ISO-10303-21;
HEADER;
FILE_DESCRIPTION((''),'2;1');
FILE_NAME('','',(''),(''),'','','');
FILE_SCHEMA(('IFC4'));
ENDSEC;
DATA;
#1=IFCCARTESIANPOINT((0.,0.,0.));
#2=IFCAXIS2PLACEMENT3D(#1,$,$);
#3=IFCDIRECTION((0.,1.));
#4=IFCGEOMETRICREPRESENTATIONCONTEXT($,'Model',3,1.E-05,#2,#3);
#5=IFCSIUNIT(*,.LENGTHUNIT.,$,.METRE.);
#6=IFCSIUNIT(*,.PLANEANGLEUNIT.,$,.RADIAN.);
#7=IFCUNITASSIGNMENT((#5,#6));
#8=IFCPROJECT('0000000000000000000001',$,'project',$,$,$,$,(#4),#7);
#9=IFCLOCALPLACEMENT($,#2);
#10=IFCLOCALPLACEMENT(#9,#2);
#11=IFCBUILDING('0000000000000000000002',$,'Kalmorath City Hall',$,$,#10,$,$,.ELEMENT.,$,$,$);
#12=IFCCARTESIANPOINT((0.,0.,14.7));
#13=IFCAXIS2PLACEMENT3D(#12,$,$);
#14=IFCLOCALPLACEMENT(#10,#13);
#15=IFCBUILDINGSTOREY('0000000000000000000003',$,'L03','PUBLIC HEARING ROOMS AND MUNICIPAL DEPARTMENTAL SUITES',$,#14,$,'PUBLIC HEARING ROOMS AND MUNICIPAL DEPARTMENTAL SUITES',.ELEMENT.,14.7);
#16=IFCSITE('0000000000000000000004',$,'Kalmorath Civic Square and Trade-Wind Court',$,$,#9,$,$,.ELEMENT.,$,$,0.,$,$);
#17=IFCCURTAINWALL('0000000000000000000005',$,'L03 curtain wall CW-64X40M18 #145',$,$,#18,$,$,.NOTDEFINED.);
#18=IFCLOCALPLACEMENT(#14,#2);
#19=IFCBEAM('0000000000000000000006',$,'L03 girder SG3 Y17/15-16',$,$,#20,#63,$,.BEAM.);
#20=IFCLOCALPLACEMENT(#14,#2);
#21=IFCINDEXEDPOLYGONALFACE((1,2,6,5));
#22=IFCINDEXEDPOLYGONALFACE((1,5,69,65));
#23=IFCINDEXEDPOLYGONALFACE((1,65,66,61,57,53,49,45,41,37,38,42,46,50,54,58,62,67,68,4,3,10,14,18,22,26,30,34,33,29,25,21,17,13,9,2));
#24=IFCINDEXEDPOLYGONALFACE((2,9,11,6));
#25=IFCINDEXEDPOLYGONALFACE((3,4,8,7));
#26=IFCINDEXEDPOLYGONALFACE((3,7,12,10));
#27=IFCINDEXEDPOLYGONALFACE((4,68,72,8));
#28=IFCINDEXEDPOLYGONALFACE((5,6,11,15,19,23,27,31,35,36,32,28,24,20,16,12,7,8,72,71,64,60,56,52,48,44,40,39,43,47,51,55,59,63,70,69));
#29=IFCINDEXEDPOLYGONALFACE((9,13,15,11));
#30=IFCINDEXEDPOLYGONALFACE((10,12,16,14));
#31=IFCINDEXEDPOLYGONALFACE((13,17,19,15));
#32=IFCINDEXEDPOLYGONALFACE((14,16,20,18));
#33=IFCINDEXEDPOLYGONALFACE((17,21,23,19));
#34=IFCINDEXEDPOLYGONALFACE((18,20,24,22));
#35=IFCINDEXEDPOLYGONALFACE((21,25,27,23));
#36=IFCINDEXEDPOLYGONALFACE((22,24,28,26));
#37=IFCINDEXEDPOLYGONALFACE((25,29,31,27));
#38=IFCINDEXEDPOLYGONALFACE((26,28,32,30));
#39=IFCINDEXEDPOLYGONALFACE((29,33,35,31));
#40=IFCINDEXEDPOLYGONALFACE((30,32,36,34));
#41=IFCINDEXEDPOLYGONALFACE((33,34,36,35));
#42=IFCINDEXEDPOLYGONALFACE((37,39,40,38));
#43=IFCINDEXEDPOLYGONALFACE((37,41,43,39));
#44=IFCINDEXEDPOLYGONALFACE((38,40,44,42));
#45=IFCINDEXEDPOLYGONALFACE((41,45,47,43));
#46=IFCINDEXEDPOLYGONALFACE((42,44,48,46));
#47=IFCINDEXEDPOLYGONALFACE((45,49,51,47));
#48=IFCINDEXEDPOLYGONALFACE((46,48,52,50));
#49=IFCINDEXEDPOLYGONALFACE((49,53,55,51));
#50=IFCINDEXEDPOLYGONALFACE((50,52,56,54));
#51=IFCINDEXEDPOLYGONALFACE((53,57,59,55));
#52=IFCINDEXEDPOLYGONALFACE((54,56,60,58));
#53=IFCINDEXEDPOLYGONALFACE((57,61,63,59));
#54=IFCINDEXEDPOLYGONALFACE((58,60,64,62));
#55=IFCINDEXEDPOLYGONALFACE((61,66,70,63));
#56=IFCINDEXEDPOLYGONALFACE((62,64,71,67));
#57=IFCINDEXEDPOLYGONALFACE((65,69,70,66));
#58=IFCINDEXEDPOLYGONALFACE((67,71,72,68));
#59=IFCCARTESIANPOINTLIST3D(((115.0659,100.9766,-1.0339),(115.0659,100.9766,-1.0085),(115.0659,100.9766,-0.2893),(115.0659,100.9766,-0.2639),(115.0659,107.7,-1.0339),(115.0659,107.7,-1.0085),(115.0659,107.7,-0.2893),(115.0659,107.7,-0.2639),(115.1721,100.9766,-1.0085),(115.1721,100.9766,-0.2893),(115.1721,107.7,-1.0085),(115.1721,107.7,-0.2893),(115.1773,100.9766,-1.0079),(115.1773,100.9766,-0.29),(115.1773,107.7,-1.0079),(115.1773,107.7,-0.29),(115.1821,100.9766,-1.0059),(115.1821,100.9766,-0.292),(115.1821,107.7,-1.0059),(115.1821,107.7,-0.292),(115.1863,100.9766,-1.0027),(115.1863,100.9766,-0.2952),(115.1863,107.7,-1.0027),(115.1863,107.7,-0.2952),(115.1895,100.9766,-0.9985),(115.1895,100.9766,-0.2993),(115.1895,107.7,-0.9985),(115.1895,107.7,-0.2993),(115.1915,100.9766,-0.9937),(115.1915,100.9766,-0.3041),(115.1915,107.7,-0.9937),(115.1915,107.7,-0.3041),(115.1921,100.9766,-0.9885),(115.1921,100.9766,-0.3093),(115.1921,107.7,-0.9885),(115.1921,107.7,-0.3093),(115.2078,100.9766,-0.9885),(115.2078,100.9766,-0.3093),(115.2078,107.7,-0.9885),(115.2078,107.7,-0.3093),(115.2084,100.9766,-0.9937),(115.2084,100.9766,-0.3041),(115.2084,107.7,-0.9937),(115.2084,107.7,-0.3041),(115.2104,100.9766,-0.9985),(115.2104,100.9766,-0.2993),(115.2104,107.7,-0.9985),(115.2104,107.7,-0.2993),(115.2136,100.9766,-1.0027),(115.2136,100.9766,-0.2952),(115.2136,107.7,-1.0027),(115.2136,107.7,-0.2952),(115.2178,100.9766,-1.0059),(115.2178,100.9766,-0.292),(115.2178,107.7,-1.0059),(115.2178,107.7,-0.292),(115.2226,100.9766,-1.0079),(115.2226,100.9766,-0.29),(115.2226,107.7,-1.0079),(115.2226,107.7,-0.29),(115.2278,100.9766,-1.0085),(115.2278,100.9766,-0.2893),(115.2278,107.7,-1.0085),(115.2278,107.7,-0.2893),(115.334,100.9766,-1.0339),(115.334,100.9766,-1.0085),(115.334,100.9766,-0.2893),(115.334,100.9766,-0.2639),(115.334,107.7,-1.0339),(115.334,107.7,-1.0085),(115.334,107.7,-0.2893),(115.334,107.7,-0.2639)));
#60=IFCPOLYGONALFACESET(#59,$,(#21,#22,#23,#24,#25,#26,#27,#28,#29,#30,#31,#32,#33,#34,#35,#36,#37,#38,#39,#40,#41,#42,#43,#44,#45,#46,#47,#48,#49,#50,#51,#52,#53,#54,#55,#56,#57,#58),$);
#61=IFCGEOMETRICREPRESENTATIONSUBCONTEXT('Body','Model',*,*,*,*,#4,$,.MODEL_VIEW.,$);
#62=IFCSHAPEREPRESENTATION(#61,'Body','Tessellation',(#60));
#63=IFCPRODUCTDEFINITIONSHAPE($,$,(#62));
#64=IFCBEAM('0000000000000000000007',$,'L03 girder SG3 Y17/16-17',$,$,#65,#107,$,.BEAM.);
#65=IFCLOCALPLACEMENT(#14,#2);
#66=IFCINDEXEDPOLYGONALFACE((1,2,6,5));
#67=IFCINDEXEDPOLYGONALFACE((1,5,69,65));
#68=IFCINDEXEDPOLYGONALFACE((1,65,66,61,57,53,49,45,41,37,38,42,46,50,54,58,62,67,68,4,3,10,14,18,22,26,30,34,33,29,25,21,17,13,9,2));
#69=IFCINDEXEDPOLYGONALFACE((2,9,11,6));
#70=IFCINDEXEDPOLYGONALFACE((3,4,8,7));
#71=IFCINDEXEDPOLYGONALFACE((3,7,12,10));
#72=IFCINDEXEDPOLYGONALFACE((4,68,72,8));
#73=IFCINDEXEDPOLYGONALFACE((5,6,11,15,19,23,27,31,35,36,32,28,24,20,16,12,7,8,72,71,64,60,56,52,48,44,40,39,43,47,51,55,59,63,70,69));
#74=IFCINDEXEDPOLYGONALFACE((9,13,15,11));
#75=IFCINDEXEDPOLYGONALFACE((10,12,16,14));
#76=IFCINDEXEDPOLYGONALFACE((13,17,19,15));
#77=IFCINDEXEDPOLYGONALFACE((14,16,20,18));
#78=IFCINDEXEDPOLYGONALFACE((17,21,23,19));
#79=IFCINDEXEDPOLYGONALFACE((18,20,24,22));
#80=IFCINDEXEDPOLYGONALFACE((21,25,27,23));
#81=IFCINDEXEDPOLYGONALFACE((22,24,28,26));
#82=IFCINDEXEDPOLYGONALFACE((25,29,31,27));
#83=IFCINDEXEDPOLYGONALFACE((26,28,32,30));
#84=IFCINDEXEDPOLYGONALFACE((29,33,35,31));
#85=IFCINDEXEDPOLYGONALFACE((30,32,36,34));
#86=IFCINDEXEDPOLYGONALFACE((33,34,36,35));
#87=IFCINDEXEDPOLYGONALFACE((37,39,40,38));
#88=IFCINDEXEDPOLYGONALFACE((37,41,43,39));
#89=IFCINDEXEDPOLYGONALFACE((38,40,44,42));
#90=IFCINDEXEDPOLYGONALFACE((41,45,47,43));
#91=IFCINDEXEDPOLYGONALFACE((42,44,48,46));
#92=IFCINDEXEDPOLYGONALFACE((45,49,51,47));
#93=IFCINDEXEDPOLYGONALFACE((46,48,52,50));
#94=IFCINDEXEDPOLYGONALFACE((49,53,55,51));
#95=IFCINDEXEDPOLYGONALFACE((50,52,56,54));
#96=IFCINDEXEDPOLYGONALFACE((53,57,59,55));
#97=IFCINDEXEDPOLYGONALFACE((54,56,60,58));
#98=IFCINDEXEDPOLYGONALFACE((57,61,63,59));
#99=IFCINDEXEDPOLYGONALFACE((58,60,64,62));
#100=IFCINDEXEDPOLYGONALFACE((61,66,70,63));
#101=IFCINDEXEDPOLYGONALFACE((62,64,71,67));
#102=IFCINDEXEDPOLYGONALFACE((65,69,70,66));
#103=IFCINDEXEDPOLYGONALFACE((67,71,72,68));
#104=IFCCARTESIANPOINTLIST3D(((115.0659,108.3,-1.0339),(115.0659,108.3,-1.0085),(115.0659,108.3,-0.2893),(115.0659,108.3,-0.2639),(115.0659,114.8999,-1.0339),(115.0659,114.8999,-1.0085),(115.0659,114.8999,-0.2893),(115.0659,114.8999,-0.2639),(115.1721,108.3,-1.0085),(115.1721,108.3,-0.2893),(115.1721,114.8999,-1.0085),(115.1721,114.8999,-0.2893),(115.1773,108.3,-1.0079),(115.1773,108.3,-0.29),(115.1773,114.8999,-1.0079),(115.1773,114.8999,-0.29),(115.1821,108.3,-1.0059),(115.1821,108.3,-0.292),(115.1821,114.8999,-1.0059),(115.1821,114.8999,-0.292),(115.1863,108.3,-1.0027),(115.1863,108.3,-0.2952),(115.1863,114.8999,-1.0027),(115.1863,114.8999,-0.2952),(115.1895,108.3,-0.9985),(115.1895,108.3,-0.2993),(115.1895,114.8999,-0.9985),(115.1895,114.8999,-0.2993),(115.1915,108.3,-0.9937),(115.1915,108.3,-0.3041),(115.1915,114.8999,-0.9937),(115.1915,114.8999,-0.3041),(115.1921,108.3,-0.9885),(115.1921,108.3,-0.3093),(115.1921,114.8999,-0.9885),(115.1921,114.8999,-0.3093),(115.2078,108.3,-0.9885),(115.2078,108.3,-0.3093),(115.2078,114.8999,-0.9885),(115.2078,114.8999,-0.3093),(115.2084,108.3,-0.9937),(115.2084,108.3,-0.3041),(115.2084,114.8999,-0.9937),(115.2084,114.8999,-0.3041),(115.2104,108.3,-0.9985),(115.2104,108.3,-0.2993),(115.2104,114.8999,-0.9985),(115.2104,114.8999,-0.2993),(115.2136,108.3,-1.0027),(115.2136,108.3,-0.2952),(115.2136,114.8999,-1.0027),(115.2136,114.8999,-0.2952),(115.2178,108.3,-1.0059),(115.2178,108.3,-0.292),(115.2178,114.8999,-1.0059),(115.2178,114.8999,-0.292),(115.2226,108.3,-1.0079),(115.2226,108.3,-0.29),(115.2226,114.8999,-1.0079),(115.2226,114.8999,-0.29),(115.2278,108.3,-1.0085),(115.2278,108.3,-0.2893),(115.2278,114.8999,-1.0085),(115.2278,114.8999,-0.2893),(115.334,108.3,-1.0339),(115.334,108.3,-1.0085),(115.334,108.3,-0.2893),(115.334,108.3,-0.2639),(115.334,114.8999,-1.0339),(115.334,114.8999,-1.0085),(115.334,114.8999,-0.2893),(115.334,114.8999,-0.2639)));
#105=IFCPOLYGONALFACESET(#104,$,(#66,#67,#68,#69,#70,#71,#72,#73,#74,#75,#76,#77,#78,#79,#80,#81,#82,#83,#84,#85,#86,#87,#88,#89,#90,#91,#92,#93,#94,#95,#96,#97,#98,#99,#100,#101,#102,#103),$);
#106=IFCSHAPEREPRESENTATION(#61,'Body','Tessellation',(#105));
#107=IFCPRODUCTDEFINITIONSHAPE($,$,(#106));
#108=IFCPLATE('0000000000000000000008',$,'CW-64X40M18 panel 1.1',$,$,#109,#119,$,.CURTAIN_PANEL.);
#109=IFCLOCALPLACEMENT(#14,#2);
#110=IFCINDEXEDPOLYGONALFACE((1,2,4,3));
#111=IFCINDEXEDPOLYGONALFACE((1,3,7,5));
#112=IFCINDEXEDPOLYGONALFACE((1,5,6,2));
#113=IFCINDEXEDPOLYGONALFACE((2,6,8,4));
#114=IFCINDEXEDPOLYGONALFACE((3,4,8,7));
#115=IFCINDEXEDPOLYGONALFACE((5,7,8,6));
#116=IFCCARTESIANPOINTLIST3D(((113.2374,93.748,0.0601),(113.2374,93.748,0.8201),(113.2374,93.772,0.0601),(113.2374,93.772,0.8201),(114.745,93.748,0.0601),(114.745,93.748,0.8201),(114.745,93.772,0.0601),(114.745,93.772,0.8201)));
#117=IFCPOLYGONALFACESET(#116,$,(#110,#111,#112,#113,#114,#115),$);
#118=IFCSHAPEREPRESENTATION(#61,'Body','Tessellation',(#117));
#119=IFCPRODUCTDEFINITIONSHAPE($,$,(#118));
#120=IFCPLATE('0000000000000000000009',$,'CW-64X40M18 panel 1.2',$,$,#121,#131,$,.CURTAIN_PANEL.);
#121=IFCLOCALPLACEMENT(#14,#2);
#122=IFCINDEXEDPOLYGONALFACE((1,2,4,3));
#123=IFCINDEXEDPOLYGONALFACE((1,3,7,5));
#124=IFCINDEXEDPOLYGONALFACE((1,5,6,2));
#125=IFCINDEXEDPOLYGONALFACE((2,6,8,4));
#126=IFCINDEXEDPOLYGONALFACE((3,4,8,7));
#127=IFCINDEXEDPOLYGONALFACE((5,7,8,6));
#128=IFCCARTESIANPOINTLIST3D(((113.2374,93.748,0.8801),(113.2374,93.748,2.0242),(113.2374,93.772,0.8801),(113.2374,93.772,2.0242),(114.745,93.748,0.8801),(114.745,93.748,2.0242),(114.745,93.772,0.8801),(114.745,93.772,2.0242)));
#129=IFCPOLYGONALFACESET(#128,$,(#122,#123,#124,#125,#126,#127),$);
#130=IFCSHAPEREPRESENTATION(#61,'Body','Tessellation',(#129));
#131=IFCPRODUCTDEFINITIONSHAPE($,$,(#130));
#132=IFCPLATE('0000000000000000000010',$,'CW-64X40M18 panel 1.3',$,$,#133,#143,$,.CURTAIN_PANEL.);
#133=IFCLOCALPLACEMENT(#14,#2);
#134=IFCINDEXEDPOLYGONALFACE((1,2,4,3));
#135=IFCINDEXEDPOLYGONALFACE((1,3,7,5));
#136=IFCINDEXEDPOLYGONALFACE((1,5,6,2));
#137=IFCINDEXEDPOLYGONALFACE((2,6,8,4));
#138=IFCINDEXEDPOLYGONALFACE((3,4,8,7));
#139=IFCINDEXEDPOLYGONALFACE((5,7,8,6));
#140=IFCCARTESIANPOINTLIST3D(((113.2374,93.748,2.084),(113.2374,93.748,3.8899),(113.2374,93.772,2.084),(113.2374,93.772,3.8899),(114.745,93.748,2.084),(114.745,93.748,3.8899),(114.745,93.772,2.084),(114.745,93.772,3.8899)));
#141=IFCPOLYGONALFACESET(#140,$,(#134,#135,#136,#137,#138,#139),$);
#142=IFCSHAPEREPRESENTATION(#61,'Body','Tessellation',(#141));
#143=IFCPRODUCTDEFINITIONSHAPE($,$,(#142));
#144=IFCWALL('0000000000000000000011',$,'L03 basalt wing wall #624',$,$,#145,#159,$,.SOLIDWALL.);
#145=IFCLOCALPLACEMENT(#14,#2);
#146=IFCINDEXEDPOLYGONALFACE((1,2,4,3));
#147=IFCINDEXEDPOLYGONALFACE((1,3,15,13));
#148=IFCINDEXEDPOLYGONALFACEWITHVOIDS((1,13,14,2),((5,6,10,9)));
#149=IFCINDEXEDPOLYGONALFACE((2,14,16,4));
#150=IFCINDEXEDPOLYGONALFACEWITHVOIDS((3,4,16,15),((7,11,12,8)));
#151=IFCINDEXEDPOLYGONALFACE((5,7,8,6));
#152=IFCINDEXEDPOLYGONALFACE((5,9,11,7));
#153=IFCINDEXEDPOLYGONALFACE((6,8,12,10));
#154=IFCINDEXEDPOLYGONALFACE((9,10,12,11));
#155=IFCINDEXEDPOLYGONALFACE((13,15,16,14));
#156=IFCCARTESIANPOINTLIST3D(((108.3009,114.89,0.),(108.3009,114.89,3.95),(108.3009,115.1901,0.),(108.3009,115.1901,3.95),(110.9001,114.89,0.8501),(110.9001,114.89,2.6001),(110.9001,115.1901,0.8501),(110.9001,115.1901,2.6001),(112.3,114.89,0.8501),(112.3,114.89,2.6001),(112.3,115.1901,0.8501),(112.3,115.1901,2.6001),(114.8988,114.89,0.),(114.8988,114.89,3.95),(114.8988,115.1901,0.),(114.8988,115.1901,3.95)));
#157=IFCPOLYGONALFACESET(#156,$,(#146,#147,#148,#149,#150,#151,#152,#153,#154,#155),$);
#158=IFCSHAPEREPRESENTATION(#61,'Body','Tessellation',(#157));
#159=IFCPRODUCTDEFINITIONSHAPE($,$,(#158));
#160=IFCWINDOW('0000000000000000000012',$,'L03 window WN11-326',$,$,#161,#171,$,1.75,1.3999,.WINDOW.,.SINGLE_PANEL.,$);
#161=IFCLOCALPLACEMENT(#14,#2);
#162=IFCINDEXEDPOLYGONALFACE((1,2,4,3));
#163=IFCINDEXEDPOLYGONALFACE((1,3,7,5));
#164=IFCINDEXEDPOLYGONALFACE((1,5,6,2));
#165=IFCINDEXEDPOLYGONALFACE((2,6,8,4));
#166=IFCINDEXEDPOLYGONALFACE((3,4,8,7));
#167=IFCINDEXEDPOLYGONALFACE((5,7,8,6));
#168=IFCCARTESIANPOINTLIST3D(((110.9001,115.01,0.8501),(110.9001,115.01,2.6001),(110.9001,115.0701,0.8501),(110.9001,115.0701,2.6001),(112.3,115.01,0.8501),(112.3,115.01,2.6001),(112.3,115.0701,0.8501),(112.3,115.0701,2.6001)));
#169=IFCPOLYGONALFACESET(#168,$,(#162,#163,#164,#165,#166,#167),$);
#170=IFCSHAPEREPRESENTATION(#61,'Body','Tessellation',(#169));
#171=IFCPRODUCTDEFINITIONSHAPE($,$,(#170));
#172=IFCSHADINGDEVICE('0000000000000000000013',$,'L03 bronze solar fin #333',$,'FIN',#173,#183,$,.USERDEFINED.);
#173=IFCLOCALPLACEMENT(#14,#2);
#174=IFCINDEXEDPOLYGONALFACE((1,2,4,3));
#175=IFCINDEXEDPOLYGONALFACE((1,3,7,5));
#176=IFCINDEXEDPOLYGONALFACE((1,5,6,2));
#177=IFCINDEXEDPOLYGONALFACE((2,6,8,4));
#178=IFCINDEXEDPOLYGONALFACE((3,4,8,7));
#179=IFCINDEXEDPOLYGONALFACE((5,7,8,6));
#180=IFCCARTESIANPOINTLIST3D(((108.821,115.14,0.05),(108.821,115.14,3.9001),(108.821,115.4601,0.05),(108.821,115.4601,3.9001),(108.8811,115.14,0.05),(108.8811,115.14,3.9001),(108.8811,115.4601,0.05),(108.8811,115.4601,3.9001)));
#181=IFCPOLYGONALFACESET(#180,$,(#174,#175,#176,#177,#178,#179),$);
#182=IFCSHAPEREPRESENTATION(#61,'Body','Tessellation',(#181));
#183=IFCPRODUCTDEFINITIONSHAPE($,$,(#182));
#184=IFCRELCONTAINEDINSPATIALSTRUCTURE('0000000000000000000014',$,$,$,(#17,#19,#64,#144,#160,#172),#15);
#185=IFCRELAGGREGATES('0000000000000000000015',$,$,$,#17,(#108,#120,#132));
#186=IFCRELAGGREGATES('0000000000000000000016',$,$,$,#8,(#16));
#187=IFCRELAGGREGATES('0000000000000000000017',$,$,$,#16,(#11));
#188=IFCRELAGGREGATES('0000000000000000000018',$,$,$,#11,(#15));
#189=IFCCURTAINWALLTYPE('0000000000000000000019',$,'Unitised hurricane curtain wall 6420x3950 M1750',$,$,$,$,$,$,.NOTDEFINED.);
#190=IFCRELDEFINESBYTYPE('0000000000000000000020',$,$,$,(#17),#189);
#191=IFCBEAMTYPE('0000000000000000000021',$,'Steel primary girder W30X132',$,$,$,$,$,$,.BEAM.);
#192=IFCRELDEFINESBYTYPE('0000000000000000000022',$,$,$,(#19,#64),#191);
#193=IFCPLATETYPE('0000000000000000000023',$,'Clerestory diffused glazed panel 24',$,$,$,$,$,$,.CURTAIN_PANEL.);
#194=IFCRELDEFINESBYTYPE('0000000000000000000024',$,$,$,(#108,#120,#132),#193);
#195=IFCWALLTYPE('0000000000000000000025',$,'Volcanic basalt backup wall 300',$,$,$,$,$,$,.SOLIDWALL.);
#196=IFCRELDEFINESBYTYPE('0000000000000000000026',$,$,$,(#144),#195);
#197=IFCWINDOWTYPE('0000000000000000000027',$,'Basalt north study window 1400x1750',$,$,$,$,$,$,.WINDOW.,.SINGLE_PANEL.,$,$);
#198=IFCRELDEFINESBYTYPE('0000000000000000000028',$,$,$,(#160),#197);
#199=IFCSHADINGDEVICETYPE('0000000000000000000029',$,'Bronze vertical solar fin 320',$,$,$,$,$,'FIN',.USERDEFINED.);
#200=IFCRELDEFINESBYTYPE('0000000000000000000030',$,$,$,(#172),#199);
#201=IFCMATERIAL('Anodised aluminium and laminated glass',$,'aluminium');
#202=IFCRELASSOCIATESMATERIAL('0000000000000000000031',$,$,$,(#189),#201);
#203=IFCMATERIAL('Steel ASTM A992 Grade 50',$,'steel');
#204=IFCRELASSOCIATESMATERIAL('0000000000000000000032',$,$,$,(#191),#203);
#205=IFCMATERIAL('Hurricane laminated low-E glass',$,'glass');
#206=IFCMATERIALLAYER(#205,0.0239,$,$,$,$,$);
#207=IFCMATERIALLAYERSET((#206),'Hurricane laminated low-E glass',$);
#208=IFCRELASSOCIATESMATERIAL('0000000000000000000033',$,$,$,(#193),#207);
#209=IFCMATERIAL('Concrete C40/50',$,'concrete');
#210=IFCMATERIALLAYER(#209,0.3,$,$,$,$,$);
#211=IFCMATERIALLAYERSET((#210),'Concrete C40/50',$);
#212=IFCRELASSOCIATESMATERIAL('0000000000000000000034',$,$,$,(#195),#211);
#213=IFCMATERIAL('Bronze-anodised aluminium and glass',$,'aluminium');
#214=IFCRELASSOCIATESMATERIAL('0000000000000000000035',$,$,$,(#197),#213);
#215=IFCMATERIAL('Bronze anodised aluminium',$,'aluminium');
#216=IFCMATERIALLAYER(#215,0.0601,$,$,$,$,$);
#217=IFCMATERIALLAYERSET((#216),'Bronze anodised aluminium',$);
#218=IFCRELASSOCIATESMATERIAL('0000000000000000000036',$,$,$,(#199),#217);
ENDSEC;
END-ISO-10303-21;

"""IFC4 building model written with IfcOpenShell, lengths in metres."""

from ifc_helpers import new_model, si_unit, direction, frame, frame_2d, origin, origin_2d, place, context, subcontext, project, spatial, rectangle, i_section, extrude, material, layer, layer_set, material_profile, profile_set, type_object, element, fill, aggregate, save


model = new_model("IFC4")

# Units and contexts
model_context = context("Model", 3, precision=1e-05, world=origin(), true_north=direction((0.0, 1.0)))
body_context = subcontext(model_context, "Body", "Model", "MODEL_VIEW")
ifc_project = project(units=[si_unit("LENGTHUNIT", "METRE"), si_unit("PLANEANGLEUNIT", "RADIAN")], contexts=[model_context])

# Site, building, storey
site_placement = place(None, origin())
site = spatial("IfcSite", under=ifc_project, at=site_placement, Name="Kalmorath Civic Square and Trade-Wind Court", CompositionType="ELEMENT", RefElevation=0.0)
building_placement = place(site_placement, origin())
building = spatial("IfcBuilding", under=site, at=building_placement, Name="Kalmorath City Hall", CompositionType="ELEMENT")
storey_placement = place(building_placement, frame((0.0, 0.0, 14.7)))
storey = spatial("IfcBuildingStorey", under=building, at=storey_placement, Name="L03", Description="PUBLIC HEARING ROOMS AND MUNICIPAL DEPARTMENTAL SUITES", LongName="PUBLIC HEARING ROOMS AND MUNICIPAL DEPARTMENTAL SUITES", CompositionType="ELEMENT", Elevation=14.7)

# Curtain wall
ifc_material_1 = material(Name="Anodised aluminium and laminated glass", Category="aluminium")
curtain_wall_type = type_object("IfcCurtainWallType", Name="Unitised hurricane curtain wall 6420x3950 M1750", PredefinedType="NOTDEFINED", material=ifc_material_1)
curtain_wall_placement = place(storey_placement, origin())
curtain_wall = element("IfcCurtainWall", 1, at=curtain_wall_placement, inside=storey, type_object=curtain_wall_type, Name="L03 curtain wall CW-64X40M18 #145", PredefinedType="NOTDEFINED")

# Beams
ifc_material_2 = material(Name="Steel ASTM A992 Grade 50", Category="steel")
ifc_material_profile_1 = material_profile(ifc_material_2, i_section(OverallWidth=0.2681, OverallDepth=0.77, WebThickness=0.0156, FlangeThickness=0.0254, FilletRadius=0.02, at=origin_2d()), Name="W30X132")
ifc_profile_set_1 = profile_set([ifc_material_profile_1], Name="Steel ASTM A992 Grade 50")
beam_type = type_object("IfcBeamType", Name="Steel primary girder W30X132", PredefinedType="BEAM", material=ifc_profile_set_1)
beam_1_placement = place(storey_placement, frame((115.2, 100.9766, -0.6489), z_axis=(0.0, 1.0, 0.0), x_axis=(-1.0, 0.0, 0.0)))
element("IfcBeam", 2, at=beam_1_placement, inside=storey, type_object=beam_type, Name="L03 girder SG3 Y17/15-16", PredefinedType="BEAM", context=body_context, shape_type="SweptSolid", body=[
    extrude(i_section(OverallWidth=0.2681, OverallDepth=0.77, WebThickness=0.0156, FlangeThickness=0.0254, FilletRadius=0.02, at=origin_2d()), origin(), (0.0, 0.0, 1.0), 6.7234),
])
beam_2_placement = place(storey_placement, frame((115.2, 108.3, -0.6489), z_axis=(0.0, 1.0, 0.0), x_axis=(-1.0, 0.0, 0.0)))
element("IfcBeam", 3, at=beam_2_placement, inside=storey, type_object=beam_type, Name="L03 girder SG3 Y17/16-17", PredefinedType="BEAM", context=body_context, shape_type="SweptSolid", body=[
    extrude(i_section(OverallWidth=0.2681, OverallDepth=0.77, WebThickness=0.0156, FlangeThickness=0.0254, FilletRadius=0.02, at=origin_2d()), origin(), (0.0, 0.0, 1.0), 6.5999),
])

# Plates
ifc_material_3 = material(Name="Hurricane laminated low-E glass", Category="glass")
ifc_layer_1 = layer(ifc_material_3, 0.0239)
ifc_layer_set_1 = layer_set([ifc_layer_1], Name="Hurricane laminated low-E glass")
plate_type = type_object("IfcPlateType", Name="Clerestory diffused glazed panel 24", PredefinedType="CURTAIN_PANEL", material=ifc_layer_set_1)
plate_1_placement = place(storey_placement, frame((113.9912, 93.76, 0.0601), z_axis=(0.0, 0.0, 1.0), x_axis=(-1.0, 0.0, 0.0)))
plate_1 = element("IfcPlate", 4, at=plate_1_placement, type_object=plate_type, Name="CW-64X40M18 panel 1.1", PredefinedType="CURTAIN_PANEL", context=body_context, shape_type="SweptSolid", body=[
    extrude(rectangle(XDim=1.5076, YDim=0.0239, at=origin_2d()), origin(), (0.0, 0.0, 1.0), 0.76),
])
plate_2_placement = place(storey_placement, frame((113.9912, 93.76, 0.8801), z_axis=(0.0, 0.0, 1.0), x_axis=(-1.0, 0.0, 0.0)))
plate_2 = element("IfcPlate", 5, at=plate_2_placement, type_object=plate_type, Name="CW-64X40M18 panel 1.2", PredefinedType="CURTAIN_PANEL", context=body_context, shape_type="SweptSolid", body=[
    extrude(rectangle(XDim=1.5076, YDim=0.0239, at=origin_2d()), origin(), (0.0, 0.0, 1.0), 1.144),
])
plate_3_placement = place(storey_placement, frame((113.9912, 93.76, 2.084), z_axis=(0.0, 0.0, 1.0), x_axis=(-1.0, 0.0, 0.0)))
plate_3 = element("IfcPlate", 6, at=plate_3_placement, type_object=plate_type, Name="CW-64X40M18 panel 1.3", PredefinedType="CURTAIN_PANEL", context=body_context, shape_type="SweptSolid", body=[
    extrude(rectangle(XDim=1.5076, YDim=0.0239, at=origin_2d()), origin(), (0.0, 0.0, 1.0), 1.8059),
])
aggregate(curtain_wall, [plate_1, plate_2, plate_3])

# Wall, opening, window
ifc_material_4 = material(Name="Concrete C40/50", Category="concrete")
ifc_layer_2 = layer(ifc_material_4, 0.3)
ifc_layer_set_2 = layer_set([ifc_layer_2], Name="Concrete C40/50")
wall_type_1 = type_object("IfcWallType", Name="Volcanic basalt backup wall 300", PredefinedType="SOLIDWALL", material=ifc_layer_set_2)
wall_1_placement = place(storey_placement, frame((108.301, 115.04, 0.0), z_axis=(0.0, 0.0, 1.0), x_axis=(1.0, 0.0, 0.0)))
wall_1 = element("IfcWall", 7, at=wall_1_placement, inside=storey, type_object=wall_type_1, Name="L03 basalt wing wall #624", PredefinedType="SOLIDWALL", context=body_context, shape_type="SweptSolid", body=[
    extrude(rectangle(XDim=6.5979, YDim=0.3, at=frame_2d((3.2988, 0.0))), origin(), (0.0, 0.0, 1.0), 3.95),
])
opening_1_placement = place(wall_1_placement, frame((2.5991, 0.0, 0.8501)))
opening_1 = element("IfcOpeningElement", 8, at=opening_1_placement, cuts=wall_1, PredefinedType="OPENING", context=body_context, shape_type="SweptSolid", body=[
    extrude(rectangle(XDim=1.3999, YDim=1.75, at=frame_2d((0.7, 0.875))), frame((0.0, 0.1599, 0.0), z_axis=(0.0, -1.0, 0.0), x_axis=(1.0, 0.0, 0.0)), (0.0, 0.0, 1.0), 0.3201),
])
ifc_material_5 = material(Name="Bronze-anodised aluminium and glass", Category="aluminium")
window_type_1 = type_object("IfcWindowType", Name="Basalt north study window 1400x1750", PartitioningType="SINGLE_PANEL", PredefinedType="WINDOW", material=ifc_material_5)
window_1_placement = place(opening_1_placement, origin())
window_1 = element("IfcWindow", 9, at=window_1_placement, inside=storey, type_object=window_type_1, Name="L03 window WN11-326", OverallHeight=1.75, OverallWidth=1.3999, PartitioningType="SINGLE_PANEL", PredefinedType="WINDOW", context=body_context, shape_type="SweptSolid", body=[
    extrude(rectangle(XDim=1.3999, YDim=1.75, at=frame_2d((0.7, 0.875))), frame((0.0, 0.03, 0.0), z_axis=(0.0, -1.0, 0.0), x_axis=(1.0, 0.0, 0.0)), (0.0, 0.0, 1.0), 0.0601),
])
fill(opening_1, window_1)

# Shading device
ifc_material_6 = material(Name="Bronze anodised aluminium", Category="aluminium")
ifc_layer_3 = layer(ifc_material_6, 0.0601)
ifc_layer_set_3 = layer_set([ifc_layer_3], Name="Bronze anodised aluminium")
shading_device_type = type_object("IfcShadingDeviceType", Name="Bronze vertical solar fin 320", ElementType="FIN", PredefinedType="USERDEFINED", material=ifc_layer_set_3)
shading_device_placement = place(storey_placement, frame((108.8511, 115.3, 0.05), z_axis=(0.0, 0.0, 1.0), x_axis=(1.0, 0.0, 0.0)))
element("IfcShadingDevice", 10, at=shading_device_placement, inside=storey, type_object=shading_device_type, Name="L03 bronze solar fin #333", ObjectType="FIN", PredefinedType="USERDEFINED", context=body_context, shape_type="SweptSolid", body=[
    extrude(rectangle(XDim=0.0601, YDim=0.3201, at=origin_2d()), origin(), (0.0, 0.0, 1.0), 3.8501),
])

save(model, "model.ifc")
